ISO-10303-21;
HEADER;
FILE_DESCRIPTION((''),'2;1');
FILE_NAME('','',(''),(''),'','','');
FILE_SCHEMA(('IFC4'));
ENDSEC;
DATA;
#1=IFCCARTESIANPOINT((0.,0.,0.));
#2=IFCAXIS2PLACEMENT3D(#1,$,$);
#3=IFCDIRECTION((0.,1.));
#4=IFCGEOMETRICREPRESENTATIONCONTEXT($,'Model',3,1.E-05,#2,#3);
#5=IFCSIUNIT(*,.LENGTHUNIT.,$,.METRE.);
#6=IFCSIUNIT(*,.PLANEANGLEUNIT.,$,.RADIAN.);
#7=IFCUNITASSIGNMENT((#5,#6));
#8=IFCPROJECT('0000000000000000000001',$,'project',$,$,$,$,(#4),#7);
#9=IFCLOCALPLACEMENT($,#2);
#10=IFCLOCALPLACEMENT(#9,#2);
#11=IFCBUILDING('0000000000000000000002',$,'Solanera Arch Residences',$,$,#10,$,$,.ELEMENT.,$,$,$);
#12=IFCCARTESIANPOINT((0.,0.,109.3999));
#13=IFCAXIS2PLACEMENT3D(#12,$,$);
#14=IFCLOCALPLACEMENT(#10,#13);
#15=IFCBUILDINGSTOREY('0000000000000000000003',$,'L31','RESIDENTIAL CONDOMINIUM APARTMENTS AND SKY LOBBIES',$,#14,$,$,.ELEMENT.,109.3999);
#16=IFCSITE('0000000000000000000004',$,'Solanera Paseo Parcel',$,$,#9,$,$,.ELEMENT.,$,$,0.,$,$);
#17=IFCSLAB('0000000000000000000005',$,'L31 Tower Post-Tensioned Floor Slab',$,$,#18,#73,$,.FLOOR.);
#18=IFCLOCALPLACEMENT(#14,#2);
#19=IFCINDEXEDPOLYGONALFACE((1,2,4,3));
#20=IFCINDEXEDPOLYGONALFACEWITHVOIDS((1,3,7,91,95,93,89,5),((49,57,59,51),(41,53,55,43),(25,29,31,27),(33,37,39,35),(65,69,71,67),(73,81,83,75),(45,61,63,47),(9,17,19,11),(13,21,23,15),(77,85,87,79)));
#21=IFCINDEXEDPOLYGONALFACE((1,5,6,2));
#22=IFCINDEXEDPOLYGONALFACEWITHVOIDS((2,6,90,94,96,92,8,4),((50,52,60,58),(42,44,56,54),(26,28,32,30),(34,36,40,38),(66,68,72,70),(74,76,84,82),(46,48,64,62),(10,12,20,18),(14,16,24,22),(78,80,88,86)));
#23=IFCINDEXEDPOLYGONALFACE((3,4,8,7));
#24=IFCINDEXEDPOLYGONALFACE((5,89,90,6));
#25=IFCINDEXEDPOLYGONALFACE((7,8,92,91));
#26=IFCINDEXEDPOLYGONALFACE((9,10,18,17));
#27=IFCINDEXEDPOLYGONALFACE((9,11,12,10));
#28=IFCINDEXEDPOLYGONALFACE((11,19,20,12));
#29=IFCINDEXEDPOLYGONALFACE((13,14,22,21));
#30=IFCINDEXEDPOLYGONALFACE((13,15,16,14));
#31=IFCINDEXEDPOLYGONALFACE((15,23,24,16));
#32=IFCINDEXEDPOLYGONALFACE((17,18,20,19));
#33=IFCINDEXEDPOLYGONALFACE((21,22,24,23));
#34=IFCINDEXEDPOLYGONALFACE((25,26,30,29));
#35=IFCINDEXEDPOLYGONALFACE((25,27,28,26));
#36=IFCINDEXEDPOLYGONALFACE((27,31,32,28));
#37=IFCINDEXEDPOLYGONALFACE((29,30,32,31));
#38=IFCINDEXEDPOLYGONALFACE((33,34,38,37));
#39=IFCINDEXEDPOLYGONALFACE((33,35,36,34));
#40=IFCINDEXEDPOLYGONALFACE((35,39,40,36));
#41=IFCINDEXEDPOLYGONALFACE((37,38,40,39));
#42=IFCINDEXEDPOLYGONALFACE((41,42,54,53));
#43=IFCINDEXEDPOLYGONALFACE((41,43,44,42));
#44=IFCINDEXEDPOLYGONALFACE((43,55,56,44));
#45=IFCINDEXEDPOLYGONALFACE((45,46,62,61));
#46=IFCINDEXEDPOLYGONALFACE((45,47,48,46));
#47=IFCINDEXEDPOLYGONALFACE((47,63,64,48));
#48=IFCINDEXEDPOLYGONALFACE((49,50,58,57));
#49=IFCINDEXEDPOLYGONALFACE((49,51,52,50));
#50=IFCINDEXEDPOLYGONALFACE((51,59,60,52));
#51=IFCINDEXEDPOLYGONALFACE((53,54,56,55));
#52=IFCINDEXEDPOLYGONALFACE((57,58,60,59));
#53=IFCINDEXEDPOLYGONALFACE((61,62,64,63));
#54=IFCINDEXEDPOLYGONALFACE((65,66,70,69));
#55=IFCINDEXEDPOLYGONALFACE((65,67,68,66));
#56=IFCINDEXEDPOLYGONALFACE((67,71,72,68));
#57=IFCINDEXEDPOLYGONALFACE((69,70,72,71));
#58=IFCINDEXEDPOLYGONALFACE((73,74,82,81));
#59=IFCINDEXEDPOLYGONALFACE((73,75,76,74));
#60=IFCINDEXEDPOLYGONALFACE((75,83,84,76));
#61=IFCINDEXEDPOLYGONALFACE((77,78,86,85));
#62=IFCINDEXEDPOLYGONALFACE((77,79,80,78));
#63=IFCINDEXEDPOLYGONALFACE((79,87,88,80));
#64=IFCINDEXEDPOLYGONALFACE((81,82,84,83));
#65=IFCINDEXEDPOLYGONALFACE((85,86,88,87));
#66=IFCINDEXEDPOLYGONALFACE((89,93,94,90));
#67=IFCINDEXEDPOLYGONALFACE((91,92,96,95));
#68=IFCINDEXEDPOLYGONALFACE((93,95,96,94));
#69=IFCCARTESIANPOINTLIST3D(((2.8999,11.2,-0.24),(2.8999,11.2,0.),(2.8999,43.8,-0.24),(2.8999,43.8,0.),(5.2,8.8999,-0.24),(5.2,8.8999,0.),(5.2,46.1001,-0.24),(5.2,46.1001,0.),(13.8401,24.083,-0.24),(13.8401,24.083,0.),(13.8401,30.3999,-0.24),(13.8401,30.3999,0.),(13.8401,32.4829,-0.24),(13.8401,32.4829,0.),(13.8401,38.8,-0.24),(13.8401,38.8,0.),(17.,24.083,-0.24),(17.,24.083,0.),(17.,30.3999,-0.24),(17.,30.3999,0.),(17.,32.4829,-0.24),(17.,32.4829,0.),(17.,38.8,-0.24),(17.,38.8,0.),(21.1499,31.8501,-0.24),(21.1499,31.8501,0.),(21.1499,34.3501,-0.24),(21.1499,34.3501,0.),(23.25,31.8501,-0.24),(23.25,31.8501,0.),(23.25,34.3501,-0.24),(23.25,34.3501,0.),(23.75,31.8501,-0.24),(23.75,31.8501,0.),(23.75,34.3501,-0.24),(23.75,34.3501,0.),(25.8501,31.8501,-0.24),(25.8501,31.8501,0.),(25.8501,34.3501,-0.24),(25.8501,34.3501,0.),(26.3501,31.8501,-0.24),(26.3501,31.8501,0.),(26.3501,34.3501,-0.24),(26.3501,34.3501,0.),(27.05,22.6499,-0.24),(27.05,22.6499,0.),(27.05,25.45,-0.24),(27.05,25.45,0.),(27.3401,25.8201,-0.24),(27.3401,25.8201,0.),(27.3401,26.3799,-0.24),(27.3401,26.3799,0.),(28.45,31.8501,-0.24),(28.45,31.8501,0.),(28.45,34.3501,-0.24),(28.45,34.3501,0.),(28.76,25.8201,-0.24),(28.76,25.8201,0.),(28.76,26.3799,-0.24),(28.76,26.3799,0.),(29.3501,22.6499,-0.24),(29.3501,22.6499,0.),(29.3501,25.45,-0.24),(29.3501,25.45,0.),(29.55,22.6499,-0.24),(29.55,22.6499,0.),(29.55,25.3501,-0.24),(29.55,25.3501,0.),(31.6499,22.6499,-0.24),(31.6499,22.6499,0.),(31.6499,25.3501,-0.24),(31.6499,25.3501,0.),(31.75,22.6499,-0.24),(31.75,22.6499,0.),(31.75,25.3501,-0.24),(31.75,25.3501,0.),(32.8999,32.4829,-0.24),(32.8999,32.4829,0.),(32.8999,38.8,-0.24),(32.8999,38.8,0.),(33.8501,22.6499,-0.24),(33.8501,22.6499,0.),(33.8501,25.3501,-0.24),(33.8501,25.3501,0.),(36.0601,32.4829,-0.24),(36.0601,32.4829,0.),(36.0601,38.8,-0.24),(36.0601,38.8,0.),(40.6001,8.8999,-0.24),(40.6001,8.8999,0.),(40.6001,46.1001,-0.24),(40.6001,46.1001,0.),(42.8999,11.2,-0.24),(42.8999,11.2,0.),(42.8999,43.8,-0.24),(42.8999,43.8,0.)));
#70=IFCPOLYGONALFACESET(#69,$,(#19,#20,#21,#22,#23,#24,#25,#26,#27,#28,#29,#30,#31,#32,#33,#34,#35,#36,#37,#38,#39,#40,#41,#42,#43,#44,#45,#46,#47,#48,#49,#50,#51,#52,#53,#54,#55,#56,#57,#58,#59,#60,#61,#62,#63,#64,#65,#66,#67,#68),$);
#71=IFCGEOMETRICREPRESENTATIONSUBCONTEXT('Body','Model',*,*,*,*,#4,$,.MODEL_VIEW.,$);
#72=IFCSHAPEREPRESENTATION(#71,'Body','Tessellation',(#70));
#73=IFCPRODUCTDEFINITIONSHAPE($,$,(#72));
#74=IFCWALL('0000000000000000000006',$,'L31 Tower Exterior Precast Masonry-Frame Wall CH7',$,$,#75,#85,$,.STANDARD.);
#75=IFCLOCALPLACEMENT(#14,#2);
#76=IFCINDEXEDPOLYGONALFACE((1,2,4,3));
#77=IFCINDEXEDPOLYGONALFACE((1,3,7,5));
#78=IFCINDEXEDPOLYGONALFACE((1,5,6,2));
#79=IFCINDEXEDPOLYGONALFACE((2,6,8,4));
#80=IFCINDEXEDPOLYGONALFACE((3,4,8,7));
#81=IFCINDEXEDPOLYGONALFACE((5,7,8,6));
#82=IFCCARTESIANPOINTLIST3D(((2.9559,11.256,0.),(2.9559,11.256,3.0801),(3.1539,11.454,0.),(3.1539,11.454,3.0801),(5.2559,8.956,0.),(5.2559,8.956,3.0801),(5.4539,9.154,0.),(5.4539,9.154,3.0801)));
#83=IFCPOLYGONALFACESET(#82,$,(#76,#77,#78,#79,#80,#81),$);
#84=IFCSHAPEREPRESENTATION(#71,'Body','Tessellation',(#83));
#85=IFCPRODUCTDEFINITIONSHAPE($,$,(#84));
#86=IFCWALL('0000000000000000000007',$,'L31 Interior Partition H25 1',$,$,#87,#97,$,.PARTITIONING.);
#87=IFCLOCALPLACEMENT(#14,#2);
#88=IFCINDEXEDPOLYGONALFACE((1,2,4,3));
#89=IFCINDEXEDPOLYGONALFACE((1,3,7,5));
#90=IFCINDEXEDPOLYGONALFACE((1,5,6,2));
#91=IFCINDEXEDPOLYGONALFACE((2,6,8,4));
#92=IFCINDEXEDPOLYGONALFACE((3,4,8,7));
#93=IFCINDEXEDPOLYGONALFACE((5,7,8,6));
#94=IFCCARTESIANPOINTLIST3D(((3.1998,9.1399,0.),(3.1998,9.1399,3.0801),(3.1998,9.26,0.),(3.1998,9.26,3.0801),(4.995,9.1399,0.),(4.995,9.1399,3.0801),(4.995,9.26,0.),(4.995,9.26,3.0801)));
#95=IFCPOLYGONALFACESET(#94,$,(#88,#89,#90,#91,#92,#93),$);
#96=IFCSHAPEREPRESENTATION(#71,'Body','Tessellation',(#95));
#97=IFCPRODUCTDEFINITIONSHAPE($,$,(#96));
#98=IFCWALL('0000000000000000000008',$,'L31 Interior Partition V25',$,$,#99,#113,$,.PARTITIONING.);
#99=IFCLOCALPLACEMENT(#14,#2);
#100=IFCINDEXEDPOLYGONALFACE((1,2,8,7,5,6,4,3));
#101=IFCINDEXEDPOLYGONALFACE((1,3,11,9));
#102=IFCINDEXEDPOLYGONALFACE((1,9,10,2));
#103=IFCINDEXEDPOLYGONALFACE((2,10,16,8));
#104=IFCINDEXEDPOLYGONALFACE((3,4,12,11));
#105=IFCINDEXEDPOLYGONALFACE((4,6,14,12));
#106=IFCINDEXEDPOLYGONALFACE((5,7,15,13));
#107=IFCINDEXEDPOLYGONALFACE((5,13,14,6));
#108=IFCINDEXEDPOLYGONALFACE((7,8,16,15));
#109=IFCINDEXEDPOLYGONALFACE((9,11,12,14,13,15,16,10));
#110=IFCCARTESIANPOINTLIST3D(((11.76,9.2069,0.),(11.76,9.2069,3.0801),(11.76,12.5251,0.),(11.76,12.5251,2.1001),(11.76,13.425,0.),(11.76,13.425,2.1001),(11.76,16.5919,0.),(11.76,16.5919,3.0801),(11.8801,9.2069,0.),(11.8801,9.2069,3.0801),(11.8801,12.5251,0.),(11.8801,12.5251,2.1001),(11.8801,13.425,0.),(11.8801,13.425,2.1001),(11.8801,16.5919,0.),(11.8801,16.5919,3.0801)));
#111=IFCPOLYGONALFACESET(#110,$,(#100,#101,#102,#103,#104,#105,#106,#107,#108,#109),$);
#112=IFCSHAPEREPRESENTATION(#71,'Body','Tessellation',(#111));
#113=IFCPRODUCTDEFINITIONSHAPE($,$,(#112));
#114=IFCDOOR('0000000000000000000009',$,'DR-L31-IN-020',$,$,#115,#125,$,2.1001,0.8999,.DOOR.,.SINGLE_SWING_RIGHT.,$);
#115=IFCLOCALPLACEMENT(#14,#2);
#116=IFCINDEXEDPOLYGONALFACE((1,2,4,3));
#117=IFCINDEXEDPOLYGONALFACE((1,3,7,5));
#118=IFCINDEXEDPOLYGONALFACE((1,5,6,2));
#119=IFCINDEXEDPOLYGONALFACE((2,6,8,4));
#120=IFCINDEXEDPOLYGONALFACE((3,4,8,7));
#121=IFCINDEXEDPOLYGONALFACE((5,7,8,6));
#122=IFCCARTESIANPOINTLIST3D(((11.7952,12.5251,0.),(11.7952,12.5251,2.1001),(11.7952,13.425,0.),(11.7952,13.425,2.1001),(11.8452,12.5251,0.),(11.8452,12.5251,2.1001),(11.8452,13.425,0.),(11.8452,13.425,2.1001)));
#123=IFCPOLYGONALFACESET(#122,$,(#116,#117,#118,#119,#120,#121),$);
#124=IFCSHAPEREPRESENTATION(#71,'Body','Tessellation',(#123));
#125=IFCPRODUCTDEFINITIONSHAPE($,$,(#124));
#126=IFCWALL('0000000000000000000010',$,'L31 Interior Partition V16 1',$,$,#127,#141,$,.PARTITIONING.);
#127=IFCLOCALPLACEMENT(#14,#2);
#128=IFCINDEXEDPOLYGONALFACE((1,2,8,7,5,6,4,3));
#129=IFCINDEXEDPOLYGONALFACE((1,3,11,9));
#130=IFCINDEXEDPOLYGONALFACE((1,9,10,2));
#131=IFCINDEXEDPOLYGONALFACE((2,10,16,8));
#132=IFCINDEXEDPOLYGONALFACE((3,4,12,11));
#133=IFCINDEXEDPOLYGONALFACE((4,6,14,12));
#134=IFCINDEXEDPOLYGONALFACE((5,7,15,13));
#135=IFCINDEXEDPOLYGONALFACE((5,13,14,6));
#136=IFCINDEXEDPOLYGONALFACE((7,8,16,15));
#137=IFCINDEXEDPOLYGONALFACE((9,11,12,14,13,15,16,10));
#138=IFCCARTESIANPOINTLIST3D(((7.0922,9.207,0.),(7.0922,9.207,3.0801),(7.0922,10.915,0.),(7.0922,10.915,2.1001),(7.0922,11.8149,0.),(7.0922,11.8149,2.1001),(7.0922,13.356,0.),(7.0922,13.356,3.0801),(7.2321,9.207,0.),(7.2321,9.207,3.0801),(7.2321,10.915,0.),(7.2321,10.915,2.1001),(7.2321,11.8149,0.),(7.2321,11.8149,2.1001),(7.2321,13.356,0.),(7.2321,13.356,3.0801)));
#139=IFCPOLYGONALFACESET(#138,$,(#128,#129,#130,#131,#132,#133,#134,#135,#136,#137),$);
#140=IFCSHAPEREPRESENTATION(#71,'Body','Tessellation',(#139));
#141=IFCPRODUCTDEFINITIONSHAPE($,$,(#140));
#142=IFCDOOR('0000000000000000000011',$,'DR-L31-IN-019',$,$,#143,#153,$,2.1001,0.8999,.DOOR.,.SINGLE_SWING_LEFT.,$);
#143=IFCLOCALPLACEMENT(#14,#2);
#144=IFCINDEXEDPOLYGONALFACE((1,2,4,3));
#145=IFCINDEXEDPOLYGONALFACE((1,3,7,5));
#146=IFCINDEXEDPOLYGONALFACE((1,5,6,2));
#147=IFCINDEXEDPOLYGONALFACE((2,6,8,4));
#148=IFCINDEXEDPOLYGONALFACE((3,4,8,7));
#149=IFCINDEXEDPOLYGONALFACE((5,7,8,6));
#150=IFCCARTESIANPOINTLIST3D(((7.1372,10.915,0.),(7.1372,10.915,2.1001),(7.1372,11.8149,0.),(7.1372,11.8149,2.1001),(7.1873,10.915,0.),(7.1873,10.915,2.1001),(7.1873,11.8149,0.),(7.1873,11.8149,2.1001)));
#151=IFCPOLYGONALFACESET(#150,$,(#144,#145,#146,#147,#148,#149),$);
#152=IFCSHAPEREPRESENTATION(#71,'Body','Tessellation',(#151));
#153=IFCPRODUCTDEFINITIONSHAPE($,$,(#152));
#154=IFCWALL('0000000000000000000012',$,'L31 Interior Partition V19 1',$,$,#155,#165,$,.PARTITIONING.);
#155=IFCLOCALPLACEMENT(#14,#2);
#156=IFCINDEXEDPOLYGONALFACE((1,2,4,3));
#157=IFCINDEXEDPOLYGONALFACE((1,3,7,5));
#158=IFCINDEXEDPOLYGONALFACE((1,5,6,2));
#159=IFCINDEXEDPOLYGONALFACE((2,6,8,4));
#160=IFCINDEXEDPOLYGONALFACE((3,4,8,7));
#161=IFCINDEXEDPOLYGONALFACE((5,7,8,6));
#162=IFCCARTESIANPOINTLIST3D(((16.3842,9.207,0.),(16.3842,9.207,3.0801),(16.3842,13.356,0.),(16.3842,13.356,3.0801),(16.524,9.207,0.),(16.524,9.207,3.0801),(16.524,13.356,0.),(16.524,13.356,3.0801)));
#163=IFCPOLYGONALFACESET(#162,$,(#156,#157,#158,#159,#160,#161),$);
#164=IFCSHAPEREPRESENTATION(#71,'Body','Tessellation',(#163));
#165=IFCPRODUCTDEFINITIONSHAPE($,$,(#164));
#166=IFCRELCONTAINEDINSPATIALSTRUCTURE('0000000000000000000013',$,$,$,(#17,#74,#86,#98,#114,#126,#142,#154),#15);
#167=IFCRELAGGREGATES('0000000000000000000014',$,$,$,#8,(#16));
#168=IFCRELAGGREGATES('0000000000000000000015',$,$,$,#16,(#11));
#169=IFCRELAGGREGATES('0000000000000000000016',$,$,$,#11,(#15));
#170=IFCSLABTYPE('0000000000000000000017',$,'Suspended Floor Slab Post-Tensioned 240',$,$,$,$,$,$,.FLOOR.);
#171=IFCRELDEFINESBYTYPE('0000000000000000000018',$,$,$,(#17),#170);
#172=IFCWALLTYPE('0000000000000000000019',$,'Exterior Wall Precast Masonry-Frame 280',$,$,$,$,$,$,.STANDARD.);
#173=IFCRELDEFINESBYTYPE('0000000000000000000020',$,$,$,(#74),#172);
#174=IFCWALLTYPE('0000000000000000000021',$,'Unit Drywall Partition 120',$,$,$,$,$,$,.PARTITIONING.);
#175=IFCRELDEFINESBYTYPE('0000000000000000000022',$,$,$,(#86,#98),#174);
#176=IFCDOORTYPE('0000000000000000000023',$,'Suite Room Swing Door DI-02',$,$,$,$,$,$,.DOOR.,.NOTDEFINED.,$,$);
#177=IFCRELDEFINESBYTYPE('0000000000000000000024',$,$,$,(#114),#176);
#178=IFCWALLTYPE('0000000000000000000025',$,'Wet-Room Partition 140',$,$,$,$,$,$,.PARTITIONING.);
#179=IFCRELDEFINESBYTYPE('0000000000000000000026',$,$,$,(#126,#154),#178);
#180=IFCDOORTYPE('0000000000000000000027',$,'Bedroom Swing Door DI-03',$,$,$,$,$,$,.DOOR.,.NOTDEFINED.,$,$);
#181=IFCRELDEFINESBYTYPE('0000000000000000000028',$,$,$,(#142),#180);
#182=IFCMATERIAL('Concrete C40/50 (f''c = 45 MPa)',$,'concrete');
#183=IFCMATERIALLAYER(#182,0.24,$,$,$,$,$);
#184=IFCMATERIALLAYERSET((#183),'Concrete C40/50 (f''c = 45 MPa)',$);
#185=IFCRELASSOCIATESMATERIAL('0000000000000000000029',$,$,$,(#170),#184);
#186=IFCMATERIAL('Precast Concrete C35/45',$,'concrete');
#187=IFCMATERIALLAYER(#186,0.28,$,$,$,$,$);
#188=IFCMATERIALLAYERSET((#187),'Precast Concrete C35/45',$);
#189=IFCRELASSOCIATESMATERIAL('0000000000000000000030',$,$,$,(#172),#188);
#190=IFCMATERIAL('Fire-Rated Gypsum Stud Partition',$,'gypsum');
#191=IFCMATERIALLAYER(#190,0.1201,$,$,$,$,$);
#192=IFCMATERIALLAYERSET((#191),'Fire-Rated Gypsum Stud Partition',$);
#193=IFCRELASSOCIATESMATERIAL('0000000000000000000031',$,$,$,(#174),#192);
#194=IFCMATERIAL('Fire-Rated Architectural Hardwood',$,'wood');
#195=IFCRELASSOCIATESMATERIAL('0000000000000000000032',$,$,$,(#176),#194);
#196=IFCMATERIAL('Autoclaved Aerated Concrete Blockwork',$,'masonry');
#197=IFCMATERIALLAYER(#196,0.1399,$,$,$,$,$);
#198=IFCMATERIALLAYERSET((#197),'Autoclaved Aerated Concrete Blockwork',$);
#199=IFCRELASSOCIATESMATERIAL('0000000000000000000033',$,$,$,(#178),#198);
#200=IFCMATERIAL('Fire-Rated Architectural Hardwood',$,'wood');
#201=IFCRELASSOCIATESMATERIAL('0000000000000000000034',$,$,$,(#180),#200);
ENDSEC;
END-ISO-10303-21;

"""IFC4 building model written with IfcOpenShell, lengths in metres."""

from ifc_helpers import new_model, si_unit, direction, frame, frame_2d, origin, place, context, subcontext, project, spatial, polyline, rectangle, outline, extrude, material, layer, layer_set, type_object, element, fill, save


model = new_model("IFC4")

# Units and contexts
model_context = context("Model", 3, precision=1e-05, world=origin(), true_north=direction((0.0, 1.0)))
body_context = subcontext(model_context, "Body", "Model", "MODEL_VIEW")
ifc_project = project(units=[si_unit("LENGTHUNIT", "METRE"), si_unit("PLANEANGLEUNIT", "RADIAN")], contexts=[model_context])

# Site, building, storey
site_placement = place(None, origin())
site = spatial("IfcSite", under=ifc_project, at=site_placement, Name="Solanera Paseo Parcel", CompositionType="ELEMENT", RefElevation=0.0)
building_placement = place(site_placement, origin())
building = spatial("IfcBuilding", under=site, at=building_placement, Name="Solanera Arch Residences", CompositionType="ELEMENT")
storey_placement = place(building_placement, frame((0.0, 0.0, 109.3999)))
storey = spatial("IfcBuildingStorey", under=building, at=storey_placement, Name="L31", Description="RESIDENTIAL CONDOMINIUM APARTMENTS AND SKY LOBBIES", CompositionType="ELEMENT", Elevation=109.3999)

# Slab
ifc_material_1 = material(Name="Concrete C40/50 (f'c = 45 MPa)", Category="concrete")
ifc_layer_1 = layer(ifc_material_1, 0.24)
ifc_layer_set_1 = layer_set([ifc_layer_1], Name="Concrete C40/50 (f'c = 45 MPa)")
slab_type_1 = type_object("IfcSlabType", Name="Suspended Floor Slab Post-Tensioned 240", PredefinedType="FLOOR", material=ifc_layer_set_1)
slab_1_placement = place(storey_placement, frame((0.0, 0.0, -0.24)))
element("IfcSlab", 1, at=slab_1_placement, inside=storey, type_object=slab_type_1, Name="L31 Tower Post-Tensioned Floor Slab", PredefinedType="FLOOR", context=body_context, shape_type="SweptSolid", body=[
    extrude(outline(polyline([(5.2, 8.8999), (40.6001, 8.8999), (42.8999, 11.2), (42.8999, 43.8), (40.6001, 46.1001), (5.2, 46.1001), (2.8999, 43.8), (2.8999, 11.2), (5.2, 8.8999)]), holes=[polyline([(13.8401, 32.4829), (13.8401, 38.8), (17.0, 38.8), (17.0, 32.4829), (13.8401, 32.4829)]), polyline([(32.8999, 32.4829), (32.8999, 38.8), (36.0601, 38.8), (36.0601, 32.4829), (32.8999, 32.4829)]), polyline([(13.8401, 24.083), (13.8401, 30.3999), (17.0, 30.3999), (17.0, 24.083), (13.8401, 24.083)]), polyline([(21.1499, 34.3501), (23.25, 34.3501), (23.25, 31.8501), (21.1499, 31.8501), (21.1499, 34.3501)]), polyline([(23.75, 34.3501), (25.8501, 34.3501), (25.8501, 31.8501), (23.75, 31.8501), (23.75, 34.3501)]), polyline([(26.3501, 34.3501), (28.45, 34.3501), (28.45, 31.8501), (26.3501, 31.8501), (26.3501, 34.3501)]), polyline([(29.55, 25.3501), (31.6499, 25.3501), (31.6499, 22.6499), (29.55, 22.6499), (29.55, 25.3501)]), polyline([(31.75, 25.3501), (33.8501, 25.3501), (33.8501, 22.6499), (31.75, 22.6499), (31.75, 25.3501)]), polyline([(27.05, 25.45), (29.3501, 25.45), (29.3501, 22.6499), (27.05, 22.6499), (27.05, 25.45)]), polyline([(27.3401, 26.3799), (28.76, 26.3799), (28.76, 25.8201), (27.3401, 25.8201), (27.3401, 26.3799)])]), origin(), (0.0, 0.0, 1.0), 0.24),
])

# Walls
ifc_material_2 = material(Name="Precast Concrete C35/45", Category="concrete")
ifc_layer_2 = layer(ifc_material_2, 0.28)
ifc_layer_set_2 = layer_set([ifc_layer_2], Name="Precast Concrete C35/45")
wall_type_1 = type_object("IfcWallType", Name="Exterior Wall Precast Masonry-Frame 280", PredefinedType="STANDARD", material=ifc_layer_set_2)
wall_1_placement = place(storey_placement, frame((5.355, 9.0549, 0.0), z_axis=(0.0, 0.0, 1.0), x_axis=(-0.707107, 0.707107, 0.0)))
element("IfcWall", 2, at=wall_1_placement, inside=storey, type_object=wall_type_1, Name="L31 Tower Exterior Precast Masonry-Frame Wall CH7", PredefinedType="STANDARD", context=body_context, shape_type="SweptSolid", body=[
    extrude(rectangle(XDim=3.2527, YDim=0.28, at=frame_2d((1.6265, 0.0))), origin(), (0.0, 0.0, 1.0), 3.0801),
])
ifc_material_3 = material(Name="Fire-Rated Gypsum Stud Partition", Category="gypsum")
ifc_layer_3 = layer(ifc_material_3, 0.1201)
ifc_layer_set_3 = layer_set([ifc_layer_3], Name="Fire-Rated Gypsum Stud Partition")
wall_type_2 = type_object("IfcWallType", Name="Unit Drywall Partition 120", PredefinedType="PARTITIONING", material=ifc_layer_set_3)
wall_2_placement = place(storey_placement, frame((3.2, 9.2, 0.0), z_axis=(0.0, 0.0, 1.0), x_axis=(1.0, 0.0, 0.0)))
element("IfcWall", 3, at=wall_2_placement, inside=storey, type_object=wall_type_2, Name="L31 Interior Partition H25 1", PredefinedType="PARTITIONING", context=body_context, shape_type="SweptSolid", body=[
    extrude(rectangle(XDim=1.7952, YDim=0.1201, at=frame_2d((0.8975, 0.0))), origin(), (0.0, 0.0, 1.0), 3.0801),
])

# Walls, openings, doors
wall_3_placement = place(storey_placement, frame((11.8201, 9.207, 0.0), z_axis=(0.0, 0.0, 1.0), x_axis=(0.0, 1.0, 0.0)))
wall_3 = element("IfcWall", 4, at=wall_3_placement, inside=storey, type_object=wall_type_2, Name="L31 Interior Partition V25", PredefinedType="PARTITIONING", context=body_context, shape_type="SweptSolid", body=[
    extrude(rectangle(XDim=7.385, YDim=0.1201, at=frame_2d((3.6924, 0.0))), origin(), (0.0, 0.0, 1.0), 3.0801),
])
opening_1_placement = place(wall_3_placement, frame((3.3181, 0.0, 0.0)))
opening_1 = element("IfcOpeningElement", 5, at=opening_1_placement, cuts=wall_3, PredefinedType="OPENING", context=body_context, shape_type="SweptSolid", body=[
    extrude(rectangle(XDim=0.8999, YDim=2.1001, at=frame_2d((0.45, 1.05))), frame((0.0, 0.0701, 0.0), z_axis=(0.0, -1.0, 0.0), x_axis=(1.0, 0.0, 0.0)), (0.0, 0.0, 1.0), 0.1401),
])
ifc_material_4 = material(Name="Fire-Rated Architectural Hardwood", Category="wood")
door_type_1 = type_object("IfcDoorType", Name="Suite Room Swing Door DI-02", OperationType="NOTDEFINED", PredefinedType="DOOR", material=ifc_material_4)
door_1_placement = place(opening_1_placement, origin())
door_1 = element("IfcDoor", 6, at=door_1_placement, inside=storey, type_object=door_type_1, Name="DR-L31-IN-020", OperationType="SINGLE_SWING_RIGHT", OverallHeight=2.1001, OverallWidth=0.8999, PredefinedType="DOOR", context=body_context, shape_type="SweptSolid", body=[
    extrude(rectangle(XDim=0.8999, YDim=2.1001, at=frame_2d((0.45, 1.05))), frame((0.0, 0.0249, 0.0), z_axis=(0.0, -1.0, 0.0), x_axis=(1.0, 0.0, 0.0)), (0.0, 0.0, 1.0), 0.05),
])
fill(opening_1, door_1)
ifc_material_5 = material(Name="Autoclaved Aerated Concrete Blockwork", Category="masonry")
ifc_layer_4 = layer(ifc_material_5, 0.1399)
ifc_layer_set_4 = layer_set([ifc_layer_4], Name="Autoclaved Aerated Concrete Blockwork")
wall_type_3 = type_object("IfcWallType", Name="Wet-Room Partition 140", PredefinedType="PARTITIONING", material=ifc_layer_set_4)
wall_4_placement = place(storey_placement, frame((7.1621, 9.207, 0.0), z_axis=(0.0, 0.0, 1.0), x_axis=(0.0, 1.0, 0.0)))
wall_4 = element("IfcWall", 7, at=wall_4_placement, inside=storey, type_object=wall_type_3, Name="L31 Interior Partition V16 1", PredefinedType="PARTITIONING", context=body_context, shape_type="SweptSolid", body=[
    extrude(rectangle(XDim=4.1489, YDim=0.1399, at=frame_2d((2.0745, 0.0))), origin(), (0.0, 0.0, 1.0), 3.0801),
])
opening_2_placement = place(wall_4_placement, frame((1.708, 0.0, 0.0)))
opening_2 = element("IfcOpeningElement", 8, at=opening_2_placement, cuts=wall_4, PredefinedType="OPENING", context=body_context, shape_type="SweptSolid", body=[
    extrude(rectangle(XDim=0.8999, YDim=2.1001, at=frame_2d((0.45, 1.05))), frame((0.0, 0.0798, 0.0), z_axis=(0.0, -1.0, 0.0), x_axis=(1.0, 0.0, 0.0)), (0.0, 0.0, 1.0), 0.1599),
])
ifc_material_6 = material(Name="Fire-Rated Architectural Hardwood", Category="wood")
door_type_2 = type_object("IfcDoorType", Name="Bedroom Swing Door DI-03", OperationType="NOTDEFINED", PredefinedType="DOOR", material=ifc_material_6)
door_2_placement = place(opening_2_placement, origin())
door_2 = element("IfcDoor", 9, at=door_2_placement, inside=storey, type_object=door_type_2, Name="DR-L31-IN-019", OperationType="SINGLE_SWING_LEFT", OverallHeight=2.1001, OverallWidth=0.8999, PredefinedType="DOOR", context=body_context, shape_type="SweptSolid", body=[
    extrude(rectangle(XDim=0.8999, YDim=2.1001, at=frame_2d((0.45, 1.05))), frame((0.0, 0.0249, 0.0), z_axis=(0.0, -1.0, 0.0), x_axis=(1.0, 0.0, 0.0)), (0.0, 0.0, 1.0), 0.05),
])
fill(opening_2, door_2)

# Wall
wall_5_placement = place(storey_placement, frame((16.4541, 9.207, 0.0), z_axis=(0.0, 0.0, 1.0), x_axis=(0.0, 1.0, 0.0)))
element("IfcWall", 10, at=wall_5_placement, inside=storey, type_object=wall_type_3, Name="L31 Interior Partition V19 1", PredefinedType="PARTITIONING", context=body_context, shape_type="SweptSolid", body=[
    extrude(rectangle(XDim=4.1489, YDim=0.1399, at=frame_2d((2.0745, 0.0))), origin(), (0.0, 0.0, 1.0), 3.0801),
])

save(model, "model.ifc")
